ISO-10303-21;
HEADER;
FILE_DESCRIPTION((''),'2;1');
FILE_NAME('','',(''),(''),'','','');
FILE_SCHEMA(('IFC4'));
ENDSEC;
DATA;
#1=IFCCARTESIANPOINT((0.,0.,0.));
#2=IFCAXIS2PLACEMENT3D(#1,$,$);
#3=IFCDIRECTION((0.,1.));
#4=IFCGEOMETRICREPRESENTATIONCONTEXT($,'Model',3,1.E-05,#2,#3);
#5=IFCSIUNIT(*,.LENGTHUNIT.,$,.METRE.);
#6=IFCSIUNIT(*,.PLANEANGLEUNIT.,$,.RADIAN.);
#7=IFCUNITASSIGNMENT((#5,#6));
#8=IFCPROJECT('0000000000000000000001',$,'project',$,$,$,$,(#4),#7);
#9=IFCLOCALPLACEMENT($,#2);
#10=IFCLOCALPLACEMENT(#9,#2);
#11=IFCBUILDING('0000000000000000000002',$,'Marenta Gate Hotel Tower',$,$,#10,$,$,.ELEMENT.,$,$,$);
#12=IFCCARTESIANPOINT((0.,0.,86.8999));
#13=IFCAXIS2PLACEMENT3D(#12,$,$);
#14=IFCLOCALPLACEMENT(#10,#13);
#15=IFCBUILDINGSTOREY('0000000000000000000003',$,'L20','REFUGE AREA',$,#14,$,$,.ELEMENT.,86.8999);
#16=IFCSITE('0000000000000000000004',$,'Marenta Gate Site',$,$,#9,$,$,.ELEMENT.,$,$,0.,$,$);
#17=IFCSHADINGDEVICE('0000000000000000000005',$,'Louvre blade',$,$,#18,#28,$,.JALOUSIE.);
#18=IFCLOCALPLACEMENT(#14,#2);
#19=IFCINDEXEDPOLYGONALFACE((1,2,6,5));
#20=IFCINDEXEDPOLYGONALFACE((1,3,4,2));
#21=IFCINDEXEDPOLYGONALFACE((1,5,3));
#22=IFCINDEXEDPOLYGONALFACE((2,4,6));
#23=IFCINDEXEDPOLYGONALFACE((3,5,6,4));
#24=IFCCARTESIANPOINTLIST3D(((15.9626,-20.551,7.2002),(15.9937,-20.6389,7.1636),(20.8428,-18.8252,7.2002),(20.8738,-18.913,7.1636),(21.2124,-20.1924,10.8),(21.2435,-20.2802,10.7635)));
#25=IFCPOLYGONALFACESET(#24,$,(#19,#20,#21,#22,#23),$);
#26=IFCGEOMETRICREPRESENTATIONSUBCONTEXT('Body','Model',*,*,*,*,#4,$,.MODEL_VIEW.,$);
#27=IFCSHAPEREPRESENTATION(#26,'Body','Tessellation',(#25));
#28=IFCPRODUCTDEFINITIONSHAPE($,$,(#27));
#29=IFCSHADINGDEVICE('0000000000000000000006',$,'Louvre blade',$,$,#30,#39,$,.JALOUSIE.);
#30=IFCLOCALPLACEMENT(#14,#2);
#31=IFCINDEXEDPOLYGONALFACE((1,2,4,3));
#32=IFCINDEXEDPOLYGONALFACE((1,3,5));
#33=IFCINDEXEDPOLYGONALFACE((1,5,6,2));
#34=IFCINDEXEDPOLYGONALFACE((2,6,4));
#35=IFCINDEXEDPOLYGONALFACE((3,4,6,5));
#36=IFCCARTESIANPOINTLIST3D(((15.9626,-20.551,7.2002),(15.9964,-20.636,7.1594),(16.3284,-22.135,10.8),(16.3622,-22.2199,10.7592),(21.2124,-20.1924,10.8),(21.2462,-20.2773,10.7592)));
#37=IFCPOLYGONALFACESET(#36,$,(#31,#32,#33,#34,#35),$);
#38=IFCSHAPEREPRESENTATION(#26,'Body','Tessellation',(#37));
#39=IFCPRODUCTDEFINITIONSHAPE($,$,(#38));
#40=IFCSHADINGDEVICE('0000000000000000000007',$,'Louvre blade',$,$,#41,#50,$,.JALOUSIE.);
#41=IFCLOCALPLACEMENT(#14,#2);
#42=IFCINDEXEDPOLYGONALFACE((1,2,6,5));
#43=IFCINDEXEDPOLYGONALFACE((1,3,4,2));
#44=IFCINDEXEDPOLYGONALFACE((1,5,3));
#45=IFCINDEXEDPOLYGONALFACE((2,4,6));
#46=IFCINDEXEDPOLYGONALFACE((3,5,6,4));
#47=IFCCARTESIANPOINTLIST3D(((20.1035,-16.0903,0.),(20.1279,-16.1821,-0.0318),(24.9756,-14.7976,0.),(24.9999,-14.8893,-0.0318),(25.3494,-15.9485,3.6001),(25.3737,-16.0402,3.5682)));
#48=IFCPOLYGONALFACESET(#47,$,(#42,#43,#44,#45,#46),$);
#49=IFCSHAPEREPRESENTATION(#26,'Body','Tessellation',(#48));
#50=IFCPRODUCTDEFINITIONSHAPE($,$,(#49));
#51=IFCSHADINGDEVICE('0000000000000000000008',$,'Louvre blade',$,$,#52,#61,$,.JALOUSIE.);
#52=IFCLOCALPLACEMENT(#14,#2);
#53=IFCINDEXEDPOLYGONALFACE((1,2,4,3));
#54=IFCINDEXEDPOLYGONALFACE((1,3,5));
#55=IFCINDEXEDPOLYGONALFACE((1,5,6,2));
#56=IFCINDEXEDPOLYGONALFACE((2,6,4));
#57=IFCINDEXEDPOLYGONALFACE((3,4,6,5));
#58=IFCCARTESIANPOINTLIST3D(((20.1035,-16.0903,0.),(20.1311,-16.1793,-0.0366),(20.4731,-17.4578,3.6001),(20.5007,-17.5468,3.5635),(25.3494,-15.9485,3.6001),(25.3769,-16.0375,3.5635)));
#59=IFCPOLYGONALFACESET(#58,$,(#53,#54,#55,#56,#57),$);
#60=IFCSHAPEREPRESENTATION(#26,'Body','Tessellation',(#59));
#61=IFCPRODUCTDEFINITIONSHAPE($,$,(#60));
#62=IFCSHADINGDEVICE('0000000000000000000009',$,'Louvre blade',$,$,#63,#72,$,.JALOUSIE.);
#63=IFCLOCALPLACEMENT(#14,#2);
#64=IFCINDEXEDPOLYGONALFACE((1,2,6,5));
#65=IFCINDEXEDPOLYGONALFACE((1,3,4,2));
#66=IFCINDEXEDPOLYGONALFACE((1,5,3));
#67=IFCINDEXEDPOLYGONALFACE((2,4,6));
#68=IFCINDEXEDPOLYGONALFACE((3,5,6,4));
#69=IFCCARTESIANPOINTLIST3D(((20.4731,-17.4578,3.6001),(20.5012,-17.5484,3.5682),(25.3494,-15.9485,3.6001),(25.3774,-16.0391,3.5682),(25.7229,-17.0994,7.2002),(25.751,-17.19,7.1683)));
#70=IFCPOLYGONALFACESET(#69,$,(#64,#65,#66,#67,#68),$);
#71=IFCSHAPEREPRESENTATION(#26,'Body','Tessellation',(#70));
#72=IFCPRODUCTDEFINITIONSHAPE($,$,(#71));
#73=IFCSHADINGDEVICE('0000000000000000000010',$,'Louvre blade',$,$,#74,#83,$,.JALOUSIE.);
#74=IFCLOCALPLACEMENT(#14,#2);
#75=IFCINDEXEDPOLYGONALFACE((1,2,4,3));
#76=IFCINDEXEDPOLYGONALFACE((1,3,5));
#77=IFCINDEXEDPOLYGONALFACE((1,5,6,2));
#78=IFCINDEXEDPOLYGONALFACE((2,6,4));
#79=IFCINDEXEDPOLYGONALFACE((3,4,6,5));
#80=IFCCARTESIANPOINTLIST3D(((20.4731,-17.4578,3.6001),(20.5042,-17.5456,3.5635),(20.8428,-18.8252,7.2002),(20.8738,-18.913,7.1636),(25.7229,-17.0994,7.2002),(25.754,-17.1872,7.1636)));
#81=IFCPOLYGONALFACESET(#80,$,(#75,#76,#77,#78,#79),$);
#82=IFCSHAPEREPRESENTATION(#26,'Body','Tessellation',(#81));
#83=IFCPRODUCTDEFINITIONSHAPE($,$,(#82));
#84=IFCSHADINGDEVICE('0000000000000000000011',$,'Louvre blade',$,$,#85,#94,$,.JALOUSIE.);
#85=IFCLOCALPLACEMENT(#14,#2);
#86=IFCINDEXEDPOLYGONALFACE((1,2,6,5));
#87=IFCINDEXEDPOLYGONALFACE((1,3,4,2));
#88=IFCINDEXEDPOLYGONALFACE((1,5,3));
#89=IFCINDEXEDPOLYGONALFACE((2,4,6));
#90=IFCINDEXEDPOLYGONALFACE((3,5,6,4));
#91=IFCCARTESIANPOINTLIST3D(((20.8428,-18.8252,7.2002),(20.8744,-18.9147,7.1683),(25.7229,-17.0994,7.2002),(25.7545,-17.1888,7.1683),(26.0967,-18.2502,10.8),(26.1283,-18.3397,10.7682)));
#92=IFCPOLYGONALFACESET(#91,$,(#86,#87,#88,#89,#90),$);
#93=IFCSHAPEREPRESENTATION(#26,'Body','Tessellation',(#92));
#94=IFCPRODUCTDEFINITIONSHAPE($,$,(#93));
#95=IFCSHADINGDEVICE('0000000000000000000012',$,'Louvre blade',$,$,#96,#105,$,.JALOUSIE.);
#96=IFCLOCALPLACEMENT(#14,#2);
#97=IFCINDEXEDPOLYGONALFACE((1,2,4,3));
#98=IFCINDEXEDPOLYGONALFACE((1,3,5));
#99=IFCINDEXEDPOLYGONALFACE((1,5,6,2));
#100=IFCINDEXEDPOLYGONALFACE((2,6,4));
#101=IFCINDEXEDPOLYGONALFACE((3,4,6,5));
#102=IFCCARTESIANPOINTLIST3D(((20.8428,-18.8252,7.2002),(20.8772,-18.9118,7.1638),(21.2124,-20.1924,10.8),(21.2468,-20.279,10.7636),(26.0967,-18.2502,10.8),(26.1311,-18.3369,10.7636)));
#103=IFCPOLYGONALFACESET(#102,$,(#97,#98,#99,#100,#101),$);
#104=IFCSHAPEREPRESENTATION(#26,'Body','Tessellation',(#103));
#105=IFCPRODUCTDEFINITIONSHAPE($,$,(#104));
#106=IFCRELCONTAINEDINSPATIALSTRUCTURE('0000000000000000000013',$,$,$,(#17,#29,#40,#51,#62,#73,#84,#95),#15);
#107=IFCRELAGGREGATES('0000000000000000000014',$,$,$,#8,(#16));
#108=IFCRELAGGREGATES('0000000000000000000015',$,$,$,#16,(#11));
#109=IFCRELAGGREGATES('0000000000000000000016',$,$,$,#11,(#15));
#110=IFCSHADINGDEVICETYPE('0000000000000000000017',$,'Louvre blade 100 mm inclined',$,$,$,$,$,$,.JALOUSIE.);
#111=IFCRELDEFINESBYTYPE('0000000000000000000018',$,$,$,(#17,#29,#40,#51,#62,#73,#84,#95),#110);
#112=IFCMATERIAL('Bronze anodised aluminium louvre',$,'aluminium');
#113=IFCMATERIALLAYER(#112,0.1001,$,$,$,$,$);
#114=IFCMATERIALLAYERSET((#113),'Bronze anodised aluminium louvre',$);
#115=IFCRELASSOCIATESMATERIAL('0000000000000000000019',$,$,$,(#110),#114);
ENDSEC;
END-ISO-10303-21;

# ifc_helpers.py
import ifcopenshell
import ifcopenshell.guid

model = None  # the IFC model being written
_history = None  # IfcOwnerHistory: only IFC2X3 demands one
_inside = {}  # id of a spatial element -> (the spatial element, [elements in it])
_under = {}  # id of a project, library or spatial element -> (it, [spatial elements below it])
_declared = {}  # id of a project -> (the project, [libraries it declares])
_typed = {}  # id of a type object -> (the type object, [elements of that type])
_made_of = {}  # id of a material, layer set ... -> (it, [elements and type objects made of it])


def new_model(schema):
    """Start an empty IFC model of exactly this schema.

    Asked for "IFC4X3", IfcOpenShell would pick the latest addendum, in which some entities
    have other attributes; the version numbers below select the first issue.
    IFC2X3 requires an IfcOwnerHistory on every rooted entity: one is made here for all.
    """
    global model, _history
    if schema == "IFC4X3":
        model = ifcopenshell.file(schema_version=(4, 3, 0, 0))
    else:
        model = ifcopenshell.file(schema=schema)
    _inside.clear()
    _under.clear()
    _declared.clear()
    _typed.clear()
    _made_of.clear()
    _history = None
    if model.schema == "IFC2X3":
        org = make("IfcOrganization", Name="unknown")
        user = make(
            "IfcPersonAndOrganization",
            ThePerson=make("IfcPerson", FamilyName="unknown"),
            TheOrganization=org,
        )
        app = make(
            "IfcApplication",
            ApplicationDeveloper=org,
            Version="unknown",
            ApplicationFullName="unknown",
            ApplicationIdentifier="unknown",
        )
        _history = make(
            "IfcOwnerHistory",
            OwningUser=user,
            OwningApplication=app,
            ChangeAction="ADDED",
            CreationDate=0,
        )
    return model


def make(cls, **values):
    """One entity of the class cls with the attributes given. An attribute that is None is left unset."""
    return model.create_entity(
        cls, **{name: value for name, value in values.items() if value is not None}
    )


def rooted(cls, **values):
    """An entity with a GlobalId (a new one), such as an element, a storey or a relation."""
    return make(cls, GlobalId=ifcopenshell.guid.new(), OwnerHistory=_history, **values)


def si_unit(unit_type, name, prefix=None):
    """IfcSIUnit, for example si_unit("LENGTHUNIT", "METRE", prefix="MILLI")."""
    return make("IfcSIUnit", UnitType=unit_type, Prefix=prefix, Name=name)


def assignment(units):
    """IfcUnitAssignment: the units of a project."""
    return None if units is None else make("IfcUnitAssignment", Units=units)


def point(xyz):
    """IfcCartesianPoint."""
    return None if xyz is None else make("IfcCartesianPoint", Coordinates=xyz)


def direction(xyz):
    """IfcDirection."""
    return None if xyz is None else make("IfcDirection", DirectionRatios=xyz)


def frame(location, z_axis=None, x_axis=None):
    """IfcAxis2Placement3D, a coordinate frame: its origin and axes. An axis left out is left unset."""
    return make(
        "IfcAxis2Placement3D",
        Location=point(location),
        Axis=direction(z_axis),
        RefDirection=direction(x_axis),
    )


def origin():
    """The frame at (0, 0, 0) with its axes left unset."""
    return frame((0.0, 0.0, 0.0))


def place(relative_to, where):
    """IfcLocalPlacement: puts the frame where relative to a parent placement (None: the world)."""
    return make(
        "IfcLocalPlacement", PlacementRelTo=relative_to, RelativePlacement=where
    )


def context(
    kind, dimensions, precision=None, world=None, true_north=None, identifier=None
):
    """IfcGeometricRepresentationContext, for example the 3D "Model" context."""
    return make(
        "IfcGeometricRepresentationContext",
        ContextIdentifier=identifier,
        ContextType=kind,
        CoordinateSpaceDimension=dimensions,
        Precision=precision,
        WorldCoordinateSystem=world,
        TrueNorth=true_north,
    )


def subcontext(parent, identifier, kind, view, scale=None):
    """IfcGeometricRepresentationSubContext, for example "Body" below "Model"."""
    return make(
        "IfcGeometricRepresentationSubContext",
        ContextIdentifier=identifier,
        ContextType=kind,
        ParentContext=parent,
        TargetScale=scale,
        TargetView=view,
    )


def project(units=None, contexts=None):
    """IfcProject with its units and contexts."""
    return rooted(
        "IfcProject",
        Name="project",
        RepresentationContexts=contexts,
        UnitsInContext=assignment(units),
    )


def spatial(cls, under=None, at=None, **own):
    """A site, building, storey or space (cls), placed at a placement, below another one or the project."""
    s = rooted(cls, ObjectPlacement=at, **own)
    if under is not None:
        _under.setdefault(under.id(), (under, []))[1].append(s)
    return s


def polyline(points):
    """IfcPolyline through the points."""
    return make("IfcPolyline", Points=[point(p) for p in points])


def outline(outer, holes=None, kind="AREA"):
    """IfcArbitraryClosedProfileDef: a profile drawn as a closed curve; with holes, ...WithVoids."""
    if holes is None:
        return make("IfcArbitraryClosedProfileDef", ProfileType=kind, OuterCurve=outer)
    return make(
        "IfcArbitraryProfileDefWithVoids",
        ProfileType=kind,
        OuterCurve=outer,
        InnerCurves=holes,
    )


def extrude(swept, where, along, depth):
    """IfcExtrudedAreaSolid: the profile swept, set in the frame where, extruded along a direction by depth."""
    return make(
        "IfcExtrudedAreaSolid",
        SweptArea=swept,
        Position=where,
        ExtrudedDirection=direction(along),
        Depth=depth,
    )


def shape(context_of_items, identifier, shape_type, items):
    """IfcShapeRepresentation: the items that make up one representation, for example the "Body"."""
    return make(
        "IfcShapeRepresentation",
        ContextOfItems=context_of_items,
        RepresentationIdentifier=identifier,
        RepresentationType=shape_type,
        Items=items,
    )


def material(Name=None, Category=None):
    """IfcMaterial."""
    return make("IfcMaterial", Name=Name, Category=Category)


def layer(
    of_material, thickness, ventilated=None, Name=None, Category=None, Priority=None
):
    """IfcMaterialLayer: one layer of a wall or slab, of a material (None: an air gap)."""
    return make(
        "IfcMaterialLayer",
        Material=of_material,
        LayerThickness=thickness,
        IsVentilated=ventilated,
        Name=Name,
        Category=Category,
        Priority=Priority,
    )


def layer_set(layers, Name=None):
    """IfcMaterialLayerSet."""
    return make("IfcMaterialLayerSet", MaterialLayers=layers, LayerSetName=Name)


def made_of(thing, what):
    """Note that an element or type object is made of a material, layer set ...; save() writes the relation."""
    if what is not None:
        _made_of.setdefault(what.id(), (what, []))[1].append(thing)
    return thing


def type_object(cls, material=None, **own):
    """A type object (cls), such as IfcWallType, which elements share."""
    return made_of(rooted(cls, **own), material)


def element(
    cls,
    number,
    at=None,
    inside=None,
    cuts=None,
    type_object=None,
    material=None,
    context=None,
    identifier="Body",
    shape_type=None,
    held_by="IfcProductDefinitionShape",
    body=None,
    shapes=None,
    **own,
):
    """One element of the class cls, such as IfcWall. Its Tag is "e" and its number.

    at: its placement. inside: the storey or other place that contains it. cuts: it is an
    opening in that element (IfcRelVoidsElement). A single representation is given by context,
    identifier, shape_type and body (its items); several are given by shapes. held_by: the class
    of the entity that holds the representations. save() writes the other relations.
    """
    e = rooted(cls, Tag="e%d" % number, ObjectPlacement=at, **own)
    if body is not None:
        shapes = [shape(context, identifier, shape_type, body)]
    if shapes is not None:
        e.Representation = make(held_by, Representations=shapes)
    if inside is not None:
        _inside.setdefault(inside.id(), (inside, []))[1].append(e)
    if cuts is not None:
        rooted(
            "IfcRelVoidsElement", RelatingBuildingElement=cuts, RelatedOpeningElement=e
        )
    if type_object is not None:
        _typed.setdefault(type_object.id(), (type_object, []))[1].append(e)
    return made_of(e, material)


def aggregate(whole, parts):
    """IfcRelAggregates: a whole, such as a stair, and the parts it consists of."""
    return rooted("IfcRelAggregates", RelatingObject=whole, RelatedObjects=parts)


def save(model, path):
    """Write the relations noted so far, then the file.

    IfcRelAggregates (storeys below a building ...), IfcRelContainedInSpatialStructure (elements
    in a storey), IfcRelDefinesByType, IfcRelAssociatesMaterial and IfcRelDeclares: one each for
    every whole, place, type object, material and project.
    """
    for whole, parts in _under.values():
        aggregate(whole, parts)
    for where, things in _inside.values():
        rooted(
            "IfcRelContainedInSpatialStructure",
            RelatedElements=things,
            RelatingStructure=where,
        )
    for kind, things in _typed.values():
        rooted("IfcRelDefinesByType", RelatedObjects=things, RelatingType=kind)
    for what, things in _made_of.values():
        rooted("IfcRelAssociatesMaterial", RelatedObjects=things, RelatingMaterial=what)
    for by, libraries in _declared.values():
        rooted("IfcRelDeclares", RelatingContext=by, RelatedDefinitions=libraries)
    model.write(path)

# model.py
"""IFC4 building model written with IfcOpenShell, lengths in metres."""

from ifc_helpers import new_model, si_unit, direction, frame, origin, place, context, subcontext, project, spatial, polyline, outline, extrude, material, layer, layer_set, type_object, element, save


model = new_model("IFC4")

# Units and contexts
model_context = context("Model", 3, precision=1e-05, world=origin(), true_north=direction((0.0, 1.0)))
body_context = subcontext(model_context, "Body", "Model", "MODEL_VIEW")
ifc_project = project(units=[si_unit("LENGTHUNIT", "METRE"), si_unit("PLANEANGLEUNIT", "RADIAN")], contexts=[model_context])

# Site, building, storey
site_placement = place(None, origin())
site = spatial("IfcSite", under=ifc_project, at=site_placement, Name="Marenta Gate Site", CompositionType="ELEMENT", RefElevation=0.0)
building_placement = place(site_placement, origin())
building = spatial("IfcBuilding", under=site, at=building_placement, Name="Marenta Gate Hotel Tower", CompositionType="ELEMENT")
storey_placement = place(building_placement, frame((0.0, 0.0, 86.8999)))
storey = spatial("IfcBuildingStorey", under=building, at=storey_placement, Name="L20", Description="REFUGE AREA", CompositionType="ELEMENT", Elevation=86.8999)

# Shading devices
ifc_material_1 = material(Name="Bronze anodised aluminium louvre", Category="aluminium")
ifc_layer_1 = layer(ifc_material_1, 0.1001)
ifc_layer_set_1 = layer_set([ifc_layer_1], Name="Bronze anodised aluminium louvre")
shading_device_type = type_object("IfcShadingDeviceType", Name="Louvre blade 100 mm inclined", PredefinedType="JALOUSIE", material=ifc_layer_set_1)
shading_device_1_placement = place(storey_placement, frame((15.9626, -20.551, 7.2002), z_axis=(-0.310381, 0.877664, 0.365197), x_axis=(0.942782, 0.33341, 0.0)))
element("IfcShadingDevice", 1, at=shading_device_1_placement, inside=storey, type_object=shading_device_type, Name="Louvre blade", PredefinedType="JALOUSIE", context=body_context, shape_type="SweptSolid", body=[
    extrude(outline(polyline([(0.0, 0.0), (5.1763, 0.0), (5.069, -3.8669), (0.0, 0.0)])), origin(), (0.0, 0.0, -1.0), 0.1001),
])
shading_device_2_placement = place(storey_placement, frame((15.9626, -20.551, 7.2002), z_axis=(-0.337488, 0.848491, 0.407634), x_axis=(0.823421, 0.056253, 0.564635)))
element("IfcShadingDevice", 2, at=shading_device_2_placement, inside=storey, type_object=shading_device_type, Name="Louvre blade", PredefinedType="JALOUSIE", context=body_context, shape_type="SweptSolid", body=[
    extrude(outline(polyline([(0.0, 0.0), (6.3755, 0.0), (2.2446, -3.2501), (0.0, 0.0)])), origin(), (0.0, 0.0, -1.0), 0.1001),
])
shading_device_3_placement = place(storey_placement, frame((20.1035, -16.0903, 0.0), z_axis=(-0.243132, 0.916325, 0.318174), x_axis=(0.966555, 0.25646, 0.0)))
element("IfcShadingDevice", 3, at=shading_device_3_placement, inside=storey, type_object=shading_device_type, Name="Louvre blade", PredefinedType="JALOUSIE", context=body_context, shape_type="SweptSolid", body=[
    extrude(outline(polyline([(0.0, 0.0), (5.0407, 0.0), (5.1068, -3.7974), (0.0, 0.0)])), origin(), (0.0, 0.0, -1.0), 0.1001),
])
shading_device_4_placement = place(storey_placement, frame((20.1035, -16.0903, 0.0), z_axis=(-0.275171, 0.88903, 0.365934), x_axis=(0.824308, 0.022289, 0.565702)))
element("IfcShadingDevice", 4, at=shading_device_4_placement, inside=storey, type_object=shading_device_type, Name="Louvre blade", PredefinedType="JALOUSIE", context=body_context, shape_type="SweptSolid", body=[
    extrude(outline(polyline([(0.0, 0.0), (6.3639, 0.0), (2.3108, -3.1028), (0.0, 0.0)])), origin(), (0.0, 0.0, -1.0), 0.1001),
])
shading_device_5_placement = place(storey_placement, frame((20.4731, -17.4578, 3.6001), z_axis=(-0.280275, 0.905521, 0.318557), x_axis=(0.955287, 0.295679, 0.0)))
element("IfcShadingDevice", 5, at=shading_device_5_placement, inside=storey, type_object=shading_device_type, Name="Louvre blade", PredefinedType="JALOUSIE", context=body_context, shape_type="SweptSolid", body=[
    extrude(outline(polyline([(0.0, 0.0), (5.1045, 0.0), (5.121, -3.798), (0.0, 0.0)])), origin(), (0.0, 0.0, -1.0), 0.1001),
])
shading_device_6_placement = place(storey_placement, frame((20.4731, -17.4578, 3.6001), z_axis=(-0.310377, 0.877653, 0.365228), x_axis=(0.823405, 0.056214, 0.564662)))
element("IfcShadingDevice", 6, at=shading_device_6_placement, inside=storey, type_object=shading_device_type, Name="Louvre blade", PredefinedType="JALOUSIE", context=body_context, shape_type="SweptSolid", body=[
    extrude(outline(polyline([(0.0, 0.0), (6.3757, 0.0), (2.2603, -3.1398), (0.0, 0.0)])), origin(), (0.0, 0.0, -1.0), 0.1001),
])
shading_device_7_placement = place(storey_placement, frame((20.8428, -18.8252, 7.2002), z_axis=(-0.316044, 0.893677, 0.318525), x_axis=(0.942782, 0.33341, 0.0)))
element("IfcShadingDevice", 7, at=shading_device_7_placement, inside=storey, type_object=shading_device_type, Name="Louvre blade", PredefinedType="JALOUSIE", context=body_context, shape_type="SweptSolid", body=[
    extrude(outline(polyline([(0.0, 0.0), (5.1763, 0.0), (5.145, -3.7977), (0.0, 0.0)])), origin(), (0.0, 0.0, -1.0), 0.1001),
])
shading_device_8_placement = place(storey_placement, frame((20.8428, -18.8252, 7.2002), z_axis=(-0.344139, 0.865475, 0.364034), x_axis=(0.821595, 0.08991, 0.562937)))
element("IfcShadingDevice", 8, at=shading_device_8_placement, inside=storey, type_object=shading_device_type, Name="Louvre blade", PredefinedType="JALOUSIE", context=body_context, shape_type="SweptSolid", body=[
    extrude(outline(polyline([(0.0, 0.0), (6.3948, 0.0), (2.2073, -3.1769), (0.0, 0.0)])), origin(), (0.0, 0.0, -1.0), 0.1001),
])

save(model, "model.ifc")
